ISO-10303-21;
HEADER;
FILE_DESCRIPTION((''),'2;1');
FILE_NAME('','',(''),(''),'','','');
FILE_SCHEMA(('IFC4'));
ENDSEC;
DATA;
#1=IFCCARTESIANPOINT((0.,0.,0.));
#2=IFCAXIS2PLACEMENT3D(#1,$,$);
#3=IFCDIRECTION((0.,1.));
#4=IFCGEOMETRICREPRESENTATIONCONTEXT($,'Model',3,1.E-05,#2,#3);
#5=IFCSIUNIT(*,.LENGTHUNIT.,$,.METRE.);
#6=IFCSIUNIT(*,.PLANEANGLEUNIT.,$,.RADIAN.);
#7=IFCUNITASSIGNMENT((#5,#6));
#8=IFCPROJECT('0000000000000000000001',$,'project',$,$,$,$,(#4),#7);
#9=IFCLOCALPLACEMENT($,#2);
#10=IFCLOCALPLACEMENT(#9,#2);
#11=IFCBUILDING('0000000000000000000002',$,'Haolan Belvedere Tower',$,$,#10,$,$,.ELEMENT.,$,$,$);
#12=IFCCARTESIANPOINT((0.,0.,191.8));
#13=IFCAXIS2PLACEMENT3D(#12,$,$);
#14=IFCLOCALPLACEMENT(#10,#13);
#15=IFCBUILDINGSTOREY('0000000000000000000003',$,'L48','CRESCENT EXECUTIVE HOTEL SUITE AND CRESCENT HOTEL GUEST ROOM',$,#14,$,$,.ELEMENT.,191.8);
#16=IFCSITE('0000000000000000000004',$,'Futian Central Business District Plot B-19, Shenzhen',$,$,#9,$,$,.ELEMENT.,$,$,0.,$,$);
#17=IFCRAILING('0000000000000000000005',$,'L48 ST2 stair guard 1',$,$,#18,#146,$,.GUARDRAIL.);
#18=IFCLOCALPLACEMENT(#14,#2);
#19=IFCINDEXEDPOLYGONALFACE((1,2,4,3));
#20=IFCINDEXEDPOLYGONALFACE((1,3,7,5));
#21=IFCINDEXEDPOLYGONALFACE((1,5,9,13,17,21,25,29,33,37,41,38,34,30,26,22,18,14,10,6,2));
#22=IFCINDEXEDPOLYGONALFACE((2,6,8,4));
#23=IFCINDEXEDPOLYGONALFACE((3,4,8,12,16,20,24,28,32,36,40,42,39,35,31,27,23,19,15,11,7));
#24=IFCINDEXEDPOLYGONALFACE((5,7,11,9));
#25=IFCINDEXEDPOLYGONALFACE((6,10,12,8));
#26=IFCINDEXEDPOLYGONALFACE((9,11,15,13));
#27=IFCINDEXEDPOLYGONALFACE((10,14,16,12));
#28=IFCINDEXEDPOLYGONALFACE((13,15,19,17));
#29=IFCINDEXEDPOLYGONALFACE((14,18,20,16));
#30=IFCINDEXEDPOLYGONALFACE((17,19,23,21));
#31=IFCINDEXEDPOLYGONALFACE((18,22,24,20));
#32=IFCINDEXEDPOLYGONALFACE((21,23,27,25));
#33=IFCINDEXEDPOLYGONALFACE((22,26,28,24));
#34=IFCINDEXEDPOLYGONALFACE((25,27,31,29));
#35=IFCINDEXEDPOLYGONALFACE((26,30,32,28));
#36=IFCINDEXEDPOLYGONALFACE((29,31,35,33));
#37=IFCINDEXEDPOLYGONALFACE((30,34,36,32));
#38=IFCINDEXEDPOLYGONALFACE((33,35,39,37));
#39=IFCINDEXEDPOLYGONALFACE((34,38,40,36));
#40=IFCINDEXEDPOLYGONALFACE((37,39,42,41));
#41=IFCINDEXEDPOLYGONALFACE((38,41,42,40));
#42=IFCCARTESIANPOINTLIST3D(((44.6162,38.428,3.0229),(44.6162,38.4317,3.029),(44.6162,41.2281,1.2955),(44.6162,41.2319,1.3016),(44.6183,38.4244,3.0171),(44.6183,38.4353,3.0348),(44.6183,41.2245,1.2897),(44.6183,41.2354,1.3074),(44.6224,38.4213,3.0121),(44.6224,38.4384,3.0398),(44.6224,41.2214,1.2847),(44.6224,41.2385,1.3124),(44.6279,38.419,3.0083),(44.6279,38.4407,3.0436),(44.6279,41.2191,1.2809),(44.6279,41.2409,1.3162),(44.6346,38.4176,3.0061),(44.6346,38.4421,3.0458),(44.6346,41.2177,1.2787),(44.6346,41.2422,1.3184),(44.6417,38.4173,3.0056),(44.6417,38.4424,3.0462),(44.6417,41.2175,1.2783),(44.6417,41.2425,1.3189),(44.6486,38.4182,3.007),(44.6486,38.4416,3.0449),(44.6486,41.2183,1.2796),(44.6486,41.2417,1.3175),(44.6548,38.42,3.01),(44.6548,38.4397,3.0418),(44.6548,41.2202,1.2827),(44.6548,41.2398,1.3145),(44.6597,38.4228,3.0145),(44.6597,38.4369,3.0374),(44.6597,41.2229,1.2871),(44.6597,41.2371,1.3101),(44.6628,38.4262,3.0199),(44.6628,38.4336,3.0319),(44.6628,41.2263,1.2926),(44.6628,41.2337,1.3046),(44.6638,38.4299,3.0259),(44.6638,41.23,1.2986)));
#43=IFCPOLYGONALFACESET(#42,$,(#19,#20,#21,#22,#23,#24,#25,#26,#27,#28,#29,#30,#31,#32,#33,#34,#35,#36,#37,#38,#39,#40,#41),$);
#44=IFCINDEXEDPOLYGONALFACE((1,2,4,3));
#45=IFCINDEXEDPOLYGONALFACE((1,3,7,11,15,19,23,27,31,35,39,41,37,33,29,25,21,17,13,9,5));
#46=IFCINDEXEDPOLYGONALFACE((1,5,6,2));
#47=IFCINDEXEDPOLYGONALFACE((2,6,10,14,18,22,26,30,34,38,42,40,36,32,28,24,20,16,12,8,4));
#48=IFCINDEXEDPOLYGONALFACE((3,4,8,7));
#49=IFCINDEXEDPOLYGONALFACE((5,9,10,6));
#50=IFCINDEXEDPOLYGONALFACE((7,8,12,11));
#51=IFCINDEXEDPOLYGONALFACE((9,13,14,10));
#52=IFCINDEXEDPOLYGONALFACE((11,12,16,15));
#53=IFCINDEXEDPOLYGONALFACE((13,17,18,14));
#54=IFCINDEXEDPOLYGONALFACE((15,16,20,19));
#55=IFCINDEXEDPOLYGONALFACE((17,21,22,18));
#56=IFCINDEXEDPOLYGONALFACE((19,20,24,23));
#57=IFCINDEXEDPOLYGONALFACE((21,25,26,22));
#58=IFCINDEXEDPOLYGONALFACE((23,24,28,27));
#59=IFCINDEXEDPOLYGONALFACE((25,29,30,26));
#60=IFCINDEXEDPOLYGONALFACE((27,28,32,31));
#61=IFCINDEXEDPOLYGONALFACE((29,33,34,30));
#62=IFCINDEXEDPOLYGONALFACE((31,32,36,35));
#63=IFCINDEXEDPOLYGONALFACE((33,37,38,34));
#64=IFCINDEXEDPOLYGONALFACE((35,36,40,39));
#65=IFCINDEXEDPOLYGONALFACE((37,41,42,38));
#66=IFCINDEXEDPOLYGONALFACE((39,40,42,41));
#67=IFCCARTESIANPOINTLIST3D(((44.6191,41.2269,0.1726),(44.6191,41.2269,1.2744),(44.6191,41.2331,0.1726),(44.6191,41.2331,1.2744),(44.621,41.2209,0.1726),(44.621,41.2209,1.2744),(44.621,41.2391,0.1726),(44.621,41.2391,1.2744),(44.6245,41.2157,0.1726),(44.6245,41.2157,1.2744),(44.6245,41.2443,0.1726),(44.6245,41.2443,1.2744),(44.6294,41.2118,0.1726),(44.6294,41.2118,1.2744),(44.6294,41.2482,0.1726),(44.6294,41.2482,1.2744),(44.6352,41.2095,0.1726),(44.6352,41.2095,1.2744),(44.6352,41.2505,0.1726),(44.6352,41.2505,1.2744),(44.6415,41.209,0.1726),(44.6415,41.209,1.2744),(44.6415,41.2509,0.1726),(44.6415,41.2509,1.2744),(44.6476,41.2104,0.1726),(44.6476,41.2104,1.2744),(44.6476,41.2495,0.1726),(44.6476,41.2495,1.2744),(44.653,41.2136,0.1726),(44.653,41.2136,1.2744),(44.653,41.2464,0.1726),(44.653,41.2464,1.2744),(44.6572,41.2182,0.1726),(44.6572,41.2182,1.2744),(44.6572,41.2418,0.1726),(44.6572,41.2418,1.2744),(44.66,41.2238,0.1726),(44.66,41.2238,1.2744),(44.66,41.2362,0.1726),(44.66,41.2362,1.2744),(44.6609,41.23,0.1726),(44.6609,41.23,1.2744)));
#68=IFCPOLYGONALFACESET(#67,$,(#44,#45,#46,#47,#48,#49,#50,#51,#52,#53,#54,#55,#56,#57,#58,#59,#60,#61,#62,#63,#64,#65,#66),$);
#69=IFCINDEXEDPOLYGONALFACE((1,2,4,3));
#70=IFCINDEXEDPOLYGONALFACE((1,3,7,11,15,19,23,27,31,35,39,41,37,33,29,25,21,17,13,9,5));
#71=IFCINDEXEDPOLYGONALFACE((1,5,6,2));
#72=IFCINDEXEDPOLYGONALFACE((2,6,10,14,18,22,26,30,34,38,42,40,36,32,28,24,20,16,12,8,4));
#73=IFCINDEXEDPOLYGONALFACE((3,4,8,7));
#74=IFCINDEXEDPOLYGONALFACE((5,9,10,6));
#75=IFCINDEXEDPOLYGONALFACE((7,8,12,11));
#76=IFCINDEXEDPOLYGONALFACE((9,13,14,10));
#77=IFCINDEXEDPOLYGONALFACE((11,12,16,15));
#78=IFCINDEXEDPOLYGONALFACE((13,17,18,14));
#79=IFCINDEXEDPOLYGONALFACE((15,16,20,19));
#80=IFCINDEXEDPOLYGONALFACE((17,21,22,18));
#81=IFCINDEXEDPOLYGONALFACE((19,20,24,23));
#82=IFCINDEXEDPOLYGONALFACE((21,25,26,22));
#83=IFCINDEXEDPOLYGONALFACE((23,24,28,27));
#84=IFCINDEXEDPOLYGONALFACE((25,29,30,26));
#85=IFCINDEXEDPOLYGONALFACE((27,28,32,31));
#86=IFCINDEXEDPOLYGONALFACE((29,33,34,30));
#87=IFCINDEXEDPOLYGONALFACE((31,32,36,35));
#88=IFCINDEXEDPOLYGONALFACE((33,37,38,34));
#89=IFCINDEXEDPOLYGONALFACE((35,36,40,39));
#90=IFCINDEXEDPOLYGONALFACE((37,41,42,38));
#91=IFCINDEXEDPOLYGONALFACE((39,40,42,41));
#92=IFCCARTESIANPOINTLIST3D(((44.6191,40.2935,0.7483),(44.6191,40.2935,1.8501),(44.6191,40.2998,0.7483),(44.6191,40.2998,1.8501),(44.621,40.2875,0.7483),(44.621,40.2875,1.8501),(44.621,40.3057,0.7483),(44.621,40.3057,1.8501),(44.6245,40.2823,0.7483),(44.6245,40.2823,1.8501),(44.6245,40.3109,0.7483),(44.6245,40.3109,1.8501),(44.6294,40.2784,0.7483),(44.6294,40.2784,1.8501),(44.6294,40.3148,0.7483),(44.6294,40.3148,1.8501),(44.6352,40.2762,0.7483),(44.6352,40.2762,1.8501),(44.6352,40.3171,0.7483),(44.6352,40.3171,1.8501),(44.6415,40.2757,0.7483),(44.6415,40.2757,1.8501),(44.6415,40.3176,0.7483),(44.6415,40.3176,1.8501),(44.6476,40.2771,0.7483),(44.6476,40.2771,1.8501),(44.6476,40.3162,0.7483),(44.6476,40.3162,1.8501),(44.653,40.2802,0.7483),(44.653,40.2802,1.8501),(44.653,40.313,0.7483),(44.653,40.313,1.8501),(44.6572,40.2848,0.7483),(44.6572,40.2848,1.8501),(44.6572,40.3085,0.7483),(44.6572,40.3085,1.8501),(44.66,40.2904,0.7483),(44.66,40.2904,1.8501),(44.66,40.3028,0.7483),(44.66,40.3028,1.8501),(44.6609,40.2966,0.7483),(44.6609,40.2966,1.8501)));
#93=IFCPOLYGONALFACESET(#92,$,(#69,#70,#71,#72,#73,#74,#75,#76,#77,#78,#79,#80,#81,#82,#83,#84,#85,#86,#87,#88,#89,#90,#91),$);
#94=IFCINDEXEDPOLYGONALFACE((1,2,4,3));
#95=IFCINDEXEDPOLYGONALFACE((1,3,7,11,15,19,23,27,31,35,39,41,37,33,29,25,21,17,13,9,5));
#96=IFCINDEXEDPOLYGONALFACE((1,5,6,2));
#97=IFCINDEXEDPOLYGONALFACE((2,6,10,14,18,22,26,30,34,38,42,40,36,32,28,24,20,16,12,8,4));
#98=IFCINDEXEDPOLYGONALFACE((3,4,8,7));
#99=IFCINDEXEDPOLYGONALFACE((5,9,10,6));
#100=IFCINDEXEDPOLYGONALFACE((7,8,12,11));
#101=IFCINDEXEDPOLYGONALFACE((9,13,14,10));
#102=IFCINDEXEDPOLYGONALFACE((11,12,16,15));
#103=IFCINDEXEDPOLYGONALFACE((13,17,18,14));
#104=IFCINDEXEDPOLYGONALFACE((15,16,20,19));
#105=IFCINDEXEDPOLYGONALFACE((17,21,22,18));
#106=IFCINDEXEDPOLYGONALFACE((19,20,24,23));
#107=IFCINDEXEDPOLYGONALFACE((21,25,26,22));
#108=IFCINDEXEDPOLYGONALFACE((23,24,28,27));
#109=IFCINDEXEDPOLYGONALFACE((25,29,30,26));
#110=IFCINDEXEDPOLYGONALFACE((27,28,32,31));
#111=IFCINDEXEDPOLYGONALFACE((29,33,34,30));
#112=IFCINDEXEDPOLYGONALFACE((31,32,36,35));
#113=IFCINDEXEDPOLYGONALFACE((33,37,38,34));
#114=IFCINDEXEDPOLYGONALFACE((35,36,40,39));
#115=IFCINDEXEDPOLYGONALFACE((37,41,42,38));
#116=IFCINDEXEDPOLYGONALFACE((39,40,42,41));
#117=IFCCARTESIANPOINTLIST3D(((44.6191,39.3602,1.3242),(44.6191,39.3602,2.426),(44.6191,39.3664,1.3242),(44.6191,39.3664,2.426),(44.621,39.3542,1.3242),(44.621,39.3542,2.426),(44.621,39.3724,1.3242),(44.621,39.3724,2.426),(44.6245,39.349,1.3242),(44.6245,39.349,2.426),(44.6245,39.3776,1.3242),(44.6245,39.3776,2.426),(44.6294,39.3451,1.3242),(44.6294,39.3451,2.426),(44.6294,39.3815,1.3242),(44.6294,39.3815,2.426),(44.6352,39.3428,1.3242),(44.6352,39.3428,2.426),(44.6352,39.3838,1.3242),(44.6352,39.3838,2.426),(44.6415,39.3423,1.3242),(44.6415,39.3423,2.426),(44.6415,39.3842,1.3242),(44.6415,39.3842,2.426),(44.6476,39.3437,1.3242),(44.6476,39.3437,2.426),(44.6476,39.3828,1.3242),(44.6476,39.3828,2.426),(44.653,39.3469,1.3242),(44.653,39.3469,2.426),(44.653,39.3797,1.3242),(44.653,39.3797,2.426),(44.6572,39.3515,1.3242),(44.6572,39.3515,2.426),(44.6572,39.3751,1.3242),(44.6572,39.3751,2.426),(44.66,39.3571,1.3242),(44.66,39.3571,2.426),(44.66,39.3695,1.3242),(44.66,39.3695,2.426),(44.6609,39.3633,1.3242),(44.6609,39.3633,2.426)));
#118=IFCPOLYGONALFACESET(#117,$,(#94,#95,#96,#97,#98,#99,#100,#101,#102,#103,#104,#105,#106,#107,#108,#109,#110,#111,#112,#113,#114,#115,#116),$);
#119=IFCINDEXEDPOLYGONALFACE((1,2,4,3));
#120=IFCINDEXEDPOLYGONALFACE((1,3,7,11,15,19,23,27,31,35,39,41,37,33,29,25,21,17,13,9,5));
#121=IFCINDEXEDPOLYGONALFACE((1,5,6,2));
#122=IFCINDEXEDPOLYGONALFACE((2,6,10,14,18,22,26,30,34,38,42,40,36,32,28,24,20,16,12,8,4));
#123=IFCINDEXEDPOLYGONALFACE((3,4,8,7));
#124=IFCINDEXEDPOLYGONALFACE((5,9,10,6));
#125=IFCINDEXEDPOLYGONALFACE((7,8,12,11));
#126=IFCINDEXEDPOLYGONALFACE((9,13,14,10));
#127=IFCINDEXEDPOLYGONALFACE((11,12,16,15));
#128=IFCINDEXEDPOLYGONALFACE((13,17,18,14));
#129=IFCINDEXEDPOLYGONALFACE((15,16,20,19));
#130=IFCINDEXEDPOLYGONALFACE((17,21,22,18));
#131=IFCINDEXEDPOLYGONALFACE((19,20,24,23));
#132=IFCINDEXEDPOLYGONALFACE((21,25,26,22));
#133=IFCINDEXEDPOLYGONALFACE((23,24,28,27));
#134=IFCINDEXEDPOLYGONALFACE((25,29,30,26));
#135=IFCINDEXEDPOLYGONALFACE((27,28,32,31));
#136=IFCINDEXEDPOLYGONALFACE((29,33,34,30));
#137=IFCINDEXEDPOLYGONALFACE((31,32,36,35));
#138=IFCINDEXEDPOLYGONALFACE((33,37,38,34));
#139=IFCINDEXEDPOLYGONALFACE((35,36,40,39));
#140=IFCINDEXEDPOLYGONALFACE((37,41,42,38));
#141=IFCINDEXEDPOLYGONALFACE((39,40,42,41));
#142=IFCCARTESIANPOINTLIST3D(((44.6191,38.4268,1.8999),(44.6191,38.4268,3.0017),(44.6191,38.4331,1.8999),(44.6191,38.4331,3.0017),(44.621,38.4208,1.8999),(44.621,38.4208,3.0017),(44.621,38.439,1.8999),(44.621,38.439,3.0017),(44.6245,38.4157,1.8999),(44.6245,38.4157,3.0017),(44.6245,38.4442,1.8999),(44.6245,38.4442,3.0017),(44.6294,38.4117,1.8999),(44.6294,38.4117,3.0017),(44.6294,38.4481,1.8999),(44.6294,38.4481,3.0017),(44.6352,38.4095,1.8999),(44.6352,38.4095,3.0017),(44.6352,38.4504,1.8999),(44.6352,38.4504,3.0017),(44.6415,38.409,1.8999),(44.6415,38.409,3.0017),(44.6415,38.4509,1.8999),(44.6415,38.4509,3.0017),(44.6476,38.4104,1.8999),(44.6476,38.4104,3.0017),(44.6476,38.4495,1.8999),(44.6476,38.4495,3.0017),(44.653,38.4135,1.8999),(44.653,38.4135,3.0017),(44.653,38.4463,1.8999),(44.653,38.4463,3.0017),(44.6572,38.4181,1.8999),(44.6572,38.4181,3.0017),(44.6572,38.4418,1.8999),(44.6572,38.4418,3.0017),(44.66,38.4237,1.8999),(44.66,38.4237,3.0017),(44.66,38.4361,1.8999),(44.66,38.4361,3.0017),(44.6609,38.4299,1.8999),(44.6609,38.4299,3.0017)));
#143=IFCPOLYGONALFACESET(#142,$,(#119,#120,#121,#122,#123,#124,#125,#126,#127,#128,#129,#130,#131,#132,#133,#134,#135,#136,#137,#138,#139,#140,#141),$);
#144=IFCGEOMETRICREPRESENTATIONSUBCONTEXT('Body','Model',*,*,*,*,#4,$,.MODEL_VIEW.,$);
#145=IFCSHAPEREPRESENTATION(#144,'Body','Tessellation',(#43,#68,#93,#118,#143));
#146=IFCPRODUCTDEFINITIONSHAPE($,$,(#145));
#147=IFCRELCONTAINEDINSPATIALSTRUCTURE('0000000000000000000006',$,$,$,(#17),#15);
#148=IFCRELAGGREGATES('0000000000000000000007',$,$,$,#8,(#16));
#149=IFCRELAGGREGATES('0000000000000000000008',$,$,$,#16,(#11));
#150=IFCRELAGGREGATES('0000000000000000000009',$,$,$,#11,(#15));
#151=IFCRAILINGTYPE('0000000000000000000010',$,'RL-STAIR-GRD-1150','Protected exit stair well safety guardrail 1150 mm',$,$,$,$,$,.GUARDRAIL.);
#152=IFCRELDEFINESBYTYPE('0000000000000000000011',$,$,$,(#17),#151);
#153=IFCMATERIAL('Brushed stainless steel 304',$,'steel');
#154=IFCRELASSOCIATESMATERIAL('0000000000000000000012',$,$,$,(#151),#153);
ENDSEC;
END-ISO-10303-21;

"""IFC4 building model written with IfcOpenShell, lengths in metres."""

from ifc_helpers import new_model, si_unit, direction, frame, origin, origin_2d, place, context, subcontext, project, spatial, circle, extrude, material, type_object, element, save


model = new_model("IFC4")

# Units and contexts
model_context = context("Model", 3, precision=1e-05, world=origin(), true_north=direction((0.0, 1.0)))
body_context = subcontext(model_context, "Body", "Model", "MODEL_VIEW")
ifc_project = project(units=[si_unit("LENGTHUNIT", "METRE"), si_unit("PLANEANGLEUNIT", "RADIAN")], contexts=[model_context])

# Site, building, storey
site_placement = place(None, origin())
site = spatial("IfcSite", under=ifc_project, at=site_placement, Name="Futian Central Business District Plot B-19, Shenzhen", CompositionType="ELEMENT", RefElevation=0.0)
building_placement = place(site_placement, origin())
building = spatial("IfcBuilding", under=site, at=building_placement, Name="Haolan Belvedere Tower", CompositionType="ELEMENT")
storey_placement = place(building_placement, frame((0.0, 0.0, 191.8)))
storey = spatial("IfcBuildingStorey", under=building, at=storey_placement, Name="L48", Description="CRESCENT EXECUTIVE HOTEL SUITE AND CRESCENT HOTEL GUEST ROOM", CompositionType="ELEMENT", Elevation=191.8)

# Railing
ifc_material_1 = material(Name="Brushed stainless steel 304", Category="steel")
railing_type_1 = type_object("IfcRailingType", Name="RL-STAIR-GRD-1150", Description="Protected exit stair well safety guardrail 1150 mm", PredefinedType="GUARDRAIL", material=ifc_material_1)
railing_1_placement = place(storey_placement, frame((44.6399, 41.23, 0.1726)))
element("IfcRailing", 1, at=railing_1_placement, inside=storey, type_object=railing_type_1, Name="L48 ST2 stair guard 1", PredefinedType="GUARDRAIL", context=body_context, shape_type="SweptSolid", body=[
    extrude(circle(Radius=0.0239, at=origin_2d()), frame((0.0, 0.0, 1.126), z_axis=(0.0, -0.85109, 0.52502), x_axis=(1.0, 0.0, 0.0)), (0.0, 0.0, 1.0), 3.29),
    extrude(circle(Radius=0.021, at=origin_2d()), origin(), (0.0, 0.0, 1.0), 1.1018),
    extrude(circle(Radius=0.021, at=origin_2d()), frame((0.0, -0.9333, 0.5757)), (0.0, 0.0, 1.0), 1.1018),
    extrude(circle(Radius=0.021, at=origin_2d()), frame((0.0, -1.8667, 1.1516)), (0.0, 0.0, 1.0), 1.1018),
    extrude(circle(Radius=0.021, at=origin_2d()), frame((0.0, -2.8, 1.7273)), (0.0, 0.0, 1.0), 1.1018),
])

save(model, "model.ifc")
